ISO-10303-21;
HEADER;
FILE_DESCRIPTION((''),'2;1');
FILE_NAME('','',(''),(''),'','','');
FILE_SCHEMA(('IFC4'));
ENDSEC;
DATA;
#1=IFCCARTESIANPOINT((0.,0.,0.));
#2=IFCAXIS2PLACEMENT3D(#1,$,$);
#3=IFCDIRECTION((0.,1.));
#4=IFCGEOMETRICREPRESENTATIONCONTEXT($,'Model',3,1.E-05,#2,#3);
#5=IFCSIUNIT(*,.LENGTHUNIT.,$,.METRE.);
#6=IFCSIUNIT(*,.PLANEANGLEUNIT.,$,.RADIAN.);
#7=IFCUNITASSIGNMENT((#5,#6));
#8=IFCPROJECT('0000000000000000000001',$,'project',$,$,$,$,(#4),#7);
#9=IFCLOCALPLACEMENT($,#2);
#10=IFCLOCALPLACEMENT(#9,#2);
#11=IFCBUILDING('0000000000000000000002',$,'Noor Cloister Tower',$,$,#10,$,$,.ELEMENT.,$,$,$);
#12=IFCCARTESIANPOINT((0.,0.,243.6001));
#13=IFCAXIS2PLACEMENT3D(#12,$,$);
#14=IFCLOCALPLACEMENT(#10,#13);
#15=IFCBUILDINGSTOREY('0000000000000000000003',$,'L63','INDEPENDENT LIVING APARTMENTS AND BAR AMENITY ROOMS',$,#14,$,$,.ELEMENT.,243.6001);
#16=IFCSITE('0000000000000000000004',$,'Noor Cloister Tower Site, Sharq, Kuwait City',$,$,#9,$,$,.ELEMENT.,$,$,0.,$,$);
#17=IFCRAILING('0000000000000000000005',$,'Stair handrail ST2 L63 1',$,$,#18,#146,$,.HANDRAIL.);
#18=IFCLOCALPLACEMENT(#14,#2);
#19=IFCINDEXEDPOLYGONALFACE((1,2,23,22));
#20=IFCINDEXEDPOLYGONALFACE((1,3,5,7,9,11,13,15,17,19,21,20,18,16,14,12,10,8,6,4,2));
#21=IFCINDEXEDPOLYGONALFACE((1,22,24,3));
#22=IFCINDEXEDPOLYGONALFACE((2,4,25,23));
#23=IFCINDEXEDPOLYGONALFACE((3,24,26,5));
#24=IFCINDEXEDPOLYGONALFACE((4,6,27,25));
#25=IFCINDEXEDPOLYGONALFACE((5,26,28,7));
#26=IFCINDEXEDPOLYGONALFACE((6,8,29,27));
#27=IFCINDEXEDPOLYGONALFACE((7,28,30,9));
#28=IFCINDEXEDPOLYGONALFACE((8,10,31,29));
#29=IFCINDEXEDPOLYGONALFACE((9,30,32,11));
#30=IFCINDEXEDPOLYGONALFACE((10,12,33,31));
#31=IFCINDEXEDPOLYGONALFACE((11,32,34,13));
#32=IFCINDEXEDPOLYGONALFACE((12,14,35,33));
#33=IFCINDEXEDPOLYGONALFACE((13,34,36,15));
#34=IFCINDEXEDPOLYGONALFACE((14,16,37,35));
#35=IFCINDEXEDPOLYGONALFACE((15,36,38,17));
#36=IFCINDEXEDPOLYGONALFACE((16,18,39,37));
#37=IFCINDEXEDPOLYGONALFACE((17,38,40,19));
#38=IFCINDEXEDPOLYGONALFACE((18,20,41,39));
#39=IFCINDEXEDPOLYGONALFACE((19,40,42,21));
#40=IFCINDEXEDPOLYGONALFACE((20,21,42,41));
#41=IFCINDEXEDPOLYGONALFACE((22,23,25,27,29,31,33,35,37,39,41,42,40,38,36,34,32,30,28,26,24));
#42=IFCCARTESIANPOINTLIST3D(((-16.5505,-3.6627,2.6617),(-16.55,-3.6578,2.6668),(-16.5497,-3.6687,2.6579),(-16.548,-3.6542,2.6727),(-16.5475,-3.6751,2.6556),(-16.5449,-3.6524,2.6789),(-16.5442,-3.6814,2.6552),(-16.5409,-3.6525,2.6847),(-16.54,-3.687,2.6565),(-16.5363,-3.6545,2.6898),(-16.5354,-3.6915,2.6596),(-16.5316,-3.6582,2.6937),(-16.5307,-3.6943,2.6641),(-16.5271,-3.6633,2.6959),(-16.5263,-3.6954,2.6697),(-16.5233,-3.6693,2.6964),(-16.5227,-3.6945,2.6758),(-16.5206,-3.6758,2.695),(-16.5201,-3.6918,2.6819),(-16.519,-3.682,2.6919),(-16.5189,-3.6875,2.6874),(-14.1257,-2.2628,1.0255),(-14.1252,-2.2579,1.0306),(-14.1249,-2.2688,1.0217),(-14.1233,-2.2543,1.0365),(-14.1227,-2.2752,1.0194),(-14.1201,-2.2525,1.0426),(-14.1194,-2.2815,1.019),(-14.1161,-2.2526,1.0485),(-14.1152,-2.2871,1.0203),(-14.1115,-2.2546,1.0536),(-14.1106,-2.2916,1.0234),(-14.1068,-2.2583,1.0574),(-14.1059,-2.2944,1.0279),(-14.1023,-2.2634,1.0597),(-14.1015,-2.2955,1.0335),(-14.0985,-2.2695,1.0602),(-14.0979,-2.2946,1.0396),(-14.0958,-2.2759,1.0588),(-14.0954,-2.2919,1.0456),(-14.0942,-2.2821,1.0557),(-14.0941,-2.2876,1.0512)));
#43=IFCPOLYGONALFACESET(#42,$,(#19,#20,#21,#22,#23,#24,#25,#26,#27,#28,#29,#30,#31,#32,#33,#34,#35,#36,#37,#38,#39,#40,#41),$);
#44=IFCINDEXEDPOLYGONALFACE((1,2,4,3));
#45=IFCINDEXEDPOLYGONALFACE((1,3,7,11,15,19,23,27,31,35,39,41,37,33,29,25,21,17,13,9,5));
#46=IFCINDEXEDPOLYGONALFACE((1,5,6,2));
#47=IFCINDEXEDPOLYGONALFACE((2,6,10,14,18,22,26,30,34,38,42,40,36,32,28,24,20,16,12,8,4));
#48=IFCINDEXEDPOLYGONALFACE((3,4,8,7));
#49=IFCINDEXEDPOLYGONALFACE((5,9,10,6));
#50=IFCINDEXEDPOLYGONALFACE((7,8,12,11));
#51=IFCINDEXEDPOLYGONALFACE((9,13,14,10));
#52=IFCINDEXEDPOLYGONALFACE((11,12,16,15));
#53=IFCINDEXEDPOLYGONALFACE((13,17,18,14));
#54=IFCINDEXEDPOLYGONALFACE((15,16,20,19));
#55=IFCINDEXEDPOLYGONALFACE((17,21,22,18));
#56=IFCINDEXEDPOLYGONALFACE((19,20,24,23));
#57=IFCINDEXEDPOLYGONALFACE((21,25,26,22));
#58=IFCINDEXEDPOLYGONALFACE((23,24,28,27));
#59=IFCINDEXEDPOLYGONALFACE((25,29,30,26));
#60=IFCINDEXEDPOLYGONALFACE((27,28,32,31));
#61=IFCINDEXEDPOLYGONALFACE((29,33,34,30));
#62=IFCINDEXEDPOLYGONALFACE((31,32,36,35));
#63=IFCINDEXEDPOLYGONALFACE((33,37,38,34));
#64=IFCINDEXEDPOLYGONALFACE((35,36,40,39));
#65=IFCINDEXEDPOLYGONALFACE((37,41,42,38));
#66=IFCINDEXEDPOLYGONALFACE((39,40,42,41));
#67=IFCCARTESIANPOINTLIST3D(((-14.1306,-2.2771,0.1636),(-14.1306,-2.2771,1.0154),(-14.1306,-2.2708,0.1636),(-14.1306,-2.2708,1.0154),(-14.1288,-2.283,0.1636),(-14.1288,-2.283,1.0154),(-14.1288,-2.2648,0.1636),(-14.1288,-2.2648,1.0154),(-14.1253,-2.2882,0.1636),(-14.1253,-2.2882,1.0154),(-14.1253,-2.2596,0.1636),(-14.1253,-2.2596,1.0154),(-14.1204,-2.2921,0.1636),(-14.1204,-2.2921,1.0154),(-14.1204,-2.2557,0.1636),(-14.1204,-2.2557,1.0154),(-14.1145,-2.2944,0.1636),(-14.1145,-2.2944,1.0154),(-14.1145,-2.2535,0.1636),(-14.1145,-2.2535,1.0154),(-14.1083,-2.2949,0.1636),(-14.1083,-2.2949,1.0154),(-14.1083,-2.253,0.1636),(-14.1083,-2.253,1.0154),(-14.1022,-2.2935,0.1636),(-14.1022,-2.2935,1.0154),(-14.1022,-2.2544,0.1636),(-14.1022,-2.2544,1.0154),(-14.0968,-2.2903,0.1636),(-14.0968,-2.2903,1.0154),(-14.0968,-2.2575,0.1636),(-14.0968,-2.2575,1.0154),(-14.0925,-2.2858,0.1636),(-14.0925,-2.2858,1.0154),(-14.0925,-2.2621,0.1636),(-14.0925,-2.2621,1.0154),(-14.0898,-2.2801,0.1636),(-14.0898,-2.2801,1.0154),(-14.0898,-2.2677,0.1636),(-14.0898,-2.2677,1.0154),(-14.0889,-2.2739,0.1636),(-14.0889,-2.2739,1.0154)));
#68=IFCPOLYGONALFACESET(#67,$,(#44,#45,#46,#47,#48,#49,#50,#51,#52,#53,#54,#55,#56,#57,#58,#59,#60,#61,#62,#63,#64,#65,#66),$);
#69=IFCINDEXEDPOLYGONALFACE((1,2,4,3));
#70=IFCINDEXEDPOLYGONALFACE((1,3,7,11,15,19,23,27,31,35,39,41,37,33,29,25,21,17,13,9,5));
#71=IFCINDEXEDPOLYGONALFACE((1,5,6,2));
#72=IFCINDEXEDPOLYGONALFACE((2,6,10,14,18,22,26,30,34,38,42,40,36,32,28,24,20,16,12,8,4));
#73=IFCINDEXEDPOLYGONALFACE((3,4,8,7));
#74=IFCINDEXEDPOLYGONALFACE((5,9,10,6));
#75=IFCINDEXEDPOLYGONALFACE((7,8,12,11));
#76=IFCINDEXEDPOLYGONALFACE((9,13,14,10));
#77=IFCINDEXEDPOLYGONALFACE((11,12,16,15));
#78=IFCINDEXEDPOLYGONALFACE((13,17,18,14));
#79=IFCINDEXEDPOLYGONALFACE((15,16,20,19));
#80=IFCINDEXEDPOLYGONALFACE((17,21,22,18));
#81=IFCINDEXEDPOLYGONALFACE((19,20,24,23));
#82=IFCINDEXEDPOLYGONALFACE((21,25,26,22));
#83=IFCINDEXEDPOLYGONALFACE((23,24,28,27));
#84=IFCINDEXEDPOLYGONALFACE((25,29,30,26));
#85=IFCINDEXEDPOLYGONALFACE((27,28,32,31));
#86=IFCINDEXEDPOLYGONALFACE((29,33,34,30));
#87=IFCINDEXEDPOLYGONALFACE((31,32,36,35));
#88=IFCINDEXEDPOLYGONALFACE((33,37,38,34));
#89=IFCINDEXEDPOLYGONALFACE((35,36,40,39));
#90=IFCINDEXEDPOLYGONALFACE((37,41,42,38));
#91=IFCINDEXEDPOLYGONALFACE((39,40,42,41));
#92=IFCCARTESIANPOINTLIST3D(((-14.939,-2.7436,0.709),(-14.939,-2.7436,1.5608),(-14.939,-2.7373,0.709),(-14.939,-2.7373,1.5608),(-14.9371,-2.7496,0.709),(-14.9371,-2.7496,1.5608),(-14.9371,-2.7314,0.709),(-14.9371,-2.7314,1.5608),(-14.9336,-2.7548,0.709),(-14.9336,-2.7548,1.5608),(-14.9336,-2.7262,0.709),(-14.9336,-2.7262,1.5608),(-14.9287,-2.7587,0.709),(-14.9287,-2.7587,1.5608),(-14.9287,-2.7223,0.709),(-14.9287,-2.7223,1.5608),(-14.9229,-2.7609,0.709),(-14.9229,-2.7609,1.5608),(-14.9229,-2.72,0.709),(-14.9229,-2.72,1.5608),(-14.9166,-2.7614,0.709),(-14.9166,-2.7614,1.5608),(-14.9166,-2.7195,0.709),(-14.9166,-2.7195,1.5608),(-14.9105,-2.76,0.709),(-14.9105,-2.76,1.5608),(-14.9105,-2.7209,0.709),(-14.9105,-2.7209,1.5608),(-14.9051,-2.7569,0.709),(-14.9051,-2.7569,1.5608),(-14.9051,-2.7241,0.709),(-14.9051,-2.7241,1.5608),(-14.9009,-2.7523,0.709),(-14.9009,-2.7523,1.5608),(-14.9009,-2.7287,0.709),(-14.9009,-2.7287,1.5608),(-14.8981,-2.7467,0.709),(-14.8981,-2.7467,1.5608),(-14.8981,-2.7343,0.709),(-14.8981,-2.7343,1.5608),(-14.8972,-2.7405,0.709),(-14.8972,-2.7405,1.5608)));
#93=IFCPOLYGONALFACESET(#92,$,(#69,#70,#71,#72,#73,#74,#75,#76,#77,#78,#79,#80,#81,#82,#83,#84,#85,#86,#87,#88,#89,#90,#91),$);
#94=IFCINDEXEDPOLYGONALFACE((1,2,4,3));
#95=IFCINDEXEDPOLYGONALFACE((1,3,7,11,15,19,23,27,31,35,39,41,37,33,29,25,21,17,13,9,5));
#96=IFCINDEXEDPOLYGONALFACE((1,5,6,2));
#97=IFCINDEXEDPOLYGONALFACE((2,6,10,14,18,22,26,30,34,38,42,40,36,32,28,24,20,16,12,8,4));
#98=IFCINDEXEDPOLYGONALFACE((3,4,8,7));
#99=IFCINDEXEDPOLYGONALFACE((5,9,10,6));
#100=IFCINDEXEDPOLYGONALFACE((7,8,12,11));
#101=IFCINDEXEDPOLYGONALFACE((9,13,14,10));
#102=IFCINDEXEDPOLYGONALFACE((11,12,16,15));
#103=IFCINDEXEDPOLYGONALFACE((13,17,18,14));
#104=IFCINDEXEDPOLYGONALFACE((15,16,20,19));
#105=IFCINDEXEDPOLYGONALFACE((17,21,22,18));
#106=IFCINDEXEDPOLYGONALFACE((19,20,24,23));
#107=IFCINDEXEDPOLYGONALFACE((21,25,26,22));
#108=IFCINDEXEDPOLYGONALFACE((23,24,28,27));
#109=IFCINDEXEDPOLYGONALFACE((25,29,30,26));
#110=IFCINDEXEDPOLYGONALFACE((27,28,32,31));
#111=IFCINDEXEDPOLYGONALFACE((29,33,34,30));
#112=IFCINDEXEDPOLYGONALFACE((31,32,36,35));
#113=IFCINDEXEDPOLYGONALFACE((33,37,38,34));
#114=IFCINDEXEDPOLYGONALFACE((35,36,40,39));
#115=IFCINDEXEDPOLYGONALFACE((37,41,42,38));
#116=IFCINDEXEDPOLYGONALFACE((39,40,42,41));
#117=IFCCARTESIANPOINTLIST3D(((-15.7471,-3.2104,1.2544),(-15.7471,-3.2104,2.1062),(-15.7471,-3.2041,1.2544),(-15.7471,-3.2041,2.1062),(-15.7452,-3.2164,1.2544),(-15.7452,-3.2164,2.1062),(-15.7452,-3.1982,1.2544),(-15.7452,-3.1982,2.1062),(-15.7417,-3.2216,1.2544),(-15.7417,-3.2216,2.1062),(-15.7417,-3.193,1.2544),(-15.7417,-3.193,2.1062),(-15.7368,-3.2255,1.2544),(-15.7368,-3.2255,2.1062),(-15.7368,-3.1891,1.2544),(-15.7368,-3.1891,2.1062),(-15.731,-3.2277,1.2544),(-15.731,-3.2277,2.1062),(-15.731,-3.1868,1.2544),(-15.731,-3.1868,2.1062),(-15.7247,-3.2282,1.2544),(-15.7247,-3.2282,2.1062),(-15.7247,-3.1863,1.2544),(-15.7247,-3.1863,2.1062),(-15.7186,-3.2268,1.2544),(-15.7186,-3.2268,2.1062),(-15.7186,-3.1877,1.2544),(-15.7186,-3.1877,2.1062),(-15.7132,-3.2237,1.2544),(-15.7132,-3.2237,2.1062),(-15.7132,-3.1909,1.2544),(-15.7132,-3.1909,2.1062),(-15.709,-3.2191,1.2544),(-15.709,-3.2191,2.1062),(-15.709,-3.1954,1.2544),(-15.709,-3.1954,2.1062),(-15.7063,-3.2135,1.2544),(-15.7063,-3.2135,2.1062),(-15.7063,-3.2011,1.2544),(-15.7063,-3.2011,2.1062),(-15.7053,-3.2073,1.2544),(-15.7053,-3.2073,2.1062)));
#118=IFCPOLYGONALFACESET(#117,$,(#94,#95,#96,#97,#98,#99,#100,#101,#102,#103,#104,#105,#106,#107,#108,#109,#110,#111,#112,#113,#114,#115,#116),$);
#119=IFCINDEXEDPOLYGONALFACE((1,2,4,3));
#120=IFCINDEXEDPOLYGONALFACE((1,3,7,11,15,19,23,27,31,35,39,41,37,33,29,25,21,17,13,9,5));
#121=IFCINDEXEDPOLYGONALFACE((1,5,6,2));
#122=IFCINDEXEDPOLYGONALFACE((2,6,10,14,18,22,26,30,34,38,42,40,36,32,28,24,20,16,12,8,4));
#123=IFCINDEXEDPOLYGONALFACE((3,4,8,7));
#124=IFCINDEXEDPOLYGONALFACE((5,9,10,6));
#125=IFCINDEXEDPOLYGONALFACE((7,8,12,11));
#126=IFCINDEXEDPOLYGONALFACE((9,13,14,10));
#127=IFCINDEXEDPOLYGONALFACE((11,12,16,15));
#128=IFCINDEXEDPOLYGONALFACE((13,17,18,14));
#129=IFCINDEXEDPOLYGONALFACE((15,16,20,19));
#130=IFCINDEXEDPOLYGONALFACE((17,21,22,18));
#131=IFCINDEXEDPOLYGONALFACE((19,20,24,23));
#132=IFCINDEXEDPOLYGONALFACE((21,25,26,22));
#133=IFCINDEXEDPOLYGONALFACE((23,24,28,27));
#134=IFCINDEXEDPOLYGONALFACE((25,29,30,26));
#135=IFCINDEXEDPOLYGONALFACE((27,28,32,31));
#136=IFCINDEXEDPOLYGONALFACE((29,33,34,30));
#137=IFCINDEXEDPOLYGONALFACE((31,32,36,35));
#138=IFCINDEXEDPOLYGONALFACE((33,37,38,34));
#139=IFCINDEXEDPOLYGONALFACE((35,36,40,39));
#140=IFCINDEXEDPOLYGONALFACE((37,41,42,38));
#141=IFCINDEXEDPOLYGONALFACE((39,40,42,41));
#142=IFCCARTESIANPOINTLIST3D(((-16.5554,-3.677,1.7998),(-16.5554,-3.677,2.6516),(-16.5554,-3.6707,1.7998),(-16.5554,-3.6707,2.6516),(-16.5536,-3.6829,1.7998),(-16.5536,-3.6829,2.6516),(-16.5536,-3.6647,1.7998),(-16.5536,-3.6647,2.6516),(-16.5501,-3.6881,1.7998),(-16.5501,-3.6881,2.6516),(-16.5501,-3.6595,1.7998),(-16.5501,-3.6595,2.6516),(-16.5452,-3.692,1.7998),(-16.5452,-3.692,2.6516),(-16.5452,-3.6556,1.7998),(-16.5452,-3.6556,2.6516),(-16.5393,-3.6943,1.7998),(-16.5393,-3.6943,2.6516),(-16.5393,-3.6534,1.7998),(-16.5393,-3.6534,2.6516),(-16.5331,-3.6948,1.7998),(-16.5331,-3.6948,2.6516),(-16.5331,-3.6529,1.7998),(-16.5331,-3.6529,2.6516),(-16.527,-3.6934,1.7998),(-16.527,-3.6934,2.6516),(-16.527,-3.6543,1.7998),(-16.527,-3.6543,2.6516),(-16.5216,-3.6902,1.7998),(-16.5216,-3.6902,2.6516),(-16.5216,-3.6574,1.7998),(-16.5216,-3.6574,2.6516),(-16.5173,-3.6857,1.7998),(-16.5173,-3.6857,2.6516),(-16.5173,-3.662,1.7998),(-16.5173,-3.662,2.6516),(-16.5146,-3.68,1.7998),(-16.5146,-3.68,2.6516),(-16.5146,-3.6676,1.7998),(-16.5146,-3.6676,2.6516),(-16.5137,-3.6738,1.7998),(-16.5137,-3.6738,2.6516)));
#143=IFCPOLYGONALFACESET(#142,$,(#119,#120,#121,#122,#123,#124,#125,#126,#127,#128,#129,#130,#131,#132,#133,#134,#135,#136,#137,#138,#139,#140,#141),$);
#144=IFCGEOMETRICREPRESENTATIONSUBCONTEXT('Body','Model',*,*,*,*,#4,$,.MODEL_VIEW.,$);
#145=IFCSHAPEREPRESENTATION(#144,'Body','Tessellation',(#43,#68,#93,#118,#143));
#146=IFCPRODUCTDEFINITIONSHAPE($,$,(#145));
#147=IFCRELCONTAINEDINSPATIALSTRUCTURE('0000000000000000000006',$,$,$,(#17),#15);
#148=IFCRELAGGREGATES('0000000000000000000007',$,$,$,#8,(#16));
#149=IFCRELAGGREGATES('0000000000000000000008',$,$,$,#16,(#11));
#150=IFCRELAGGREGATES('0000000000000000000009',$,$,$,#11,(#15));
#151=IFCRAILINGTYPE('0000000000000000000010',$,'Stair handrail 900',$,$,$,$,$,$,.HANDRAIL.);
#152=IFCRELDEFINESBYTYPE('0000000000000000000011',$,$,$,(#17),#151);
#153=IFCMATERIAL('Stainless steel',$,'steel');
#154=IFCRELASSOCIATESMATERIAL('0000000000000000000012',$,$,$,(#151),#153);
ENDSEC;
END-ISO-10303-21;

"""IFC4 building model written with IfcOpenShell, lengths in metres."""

from ifc_helpers import new_model, si_unit, direction, frame, origin, origin_2d, place, context, subcontext, project, spatial, circle, extrude, material, type_object, element, save


model = new_model("IFC4")

# Units and contexts
model_context = context("Model", 3, precision=1e-05, world=origin(), true_north=direction((0.0, 1.0)))
body_context = subcontext(model_context, "Body", "Model", "MODEL_VIEW")
ifc_project = project(units=[si_unit("LENGTHUNIT", "METRE"), si_unit("PLANEANGLEUNIT", "RADIAN")], contexts=[model_context])

# Site, building, storey
site_placement = place(None, origin())
site = spatial("IfcSite", under=ifc_project, at=site_placement, Name="Noor Cloister Tower Site, Sharq, Kuwait City", CompositionType="ELEMENT", RefElevation=0.0)
building_placement = place(site_placement, origin())
building = spatial("IfcBuilding", under=site, at=building_placement, Name="Noor Cloister Tower", CompositionType="ELEMENT")
storey_placement = place(building_placement, frame((0.0, 0.0, 243.6001)))
storey = spatial("IfcBuildingStorey", under=building, at=storey_placement, Name="L63", Description="INDEPENDENT LIVING APARTMENTS AND BAR AMENITY ROOMS", CompositionType="ELEMENT", Elevation=243.6001)

# Railing
ifc_material_1 = material(Name="Stainless steel", Category="steel")
railing_type_1 = type_object("IfcRailingType", Name="Stair handrail 900", PredefinedType="HANDRAIL", material=ifc_material_1)
railing_1_placement = place(storey_placement, frame((-14.1099, -2.2739, 0.1636)))
element("IfcRailing", 1, at=railing_1_placement, inside=storey, type_object=railing_type_1, Name="Stair handrail ST2 L63 1", PredefinedType="HANDRAIL", context=body_context, shape_type="SweptSolid", body=[
    extrude(circle(Radius=0.0239, at=origin_2d()), frame((0.0, 0.0, 0.876), z_axis=(-0.747718, -0.431677, 0.504552), x_axis=(0.499984, -0.866035, 0.0)), (0.0, 0.0, 1.0), 3.2429),
    extrude(circle(Radius=0.021, at=origin_2d()), origin(), (0.0, 0.0, 1.0), 0.8518),
    extrude(circle(Radius=0.021, at=origin_2d()), frame((-0.8083, -0.4666, 0.5454)), (0.0, 0.0, 1.0), 0.8518),
    extrude(circle(Radius=0.021, at=origin_2d()), frame((-1.6165, -0.9333, 1.0908)), (0.0, 0.0, 1.0), 0.8518),
    extrude(circle(Radius=0.021, at=origin_2d()), frame((-2.4248, -1.3999, 1.6362)), (0.0, 0.0, 1.0), 0.8518),
])

save(model, "model.ifc")
